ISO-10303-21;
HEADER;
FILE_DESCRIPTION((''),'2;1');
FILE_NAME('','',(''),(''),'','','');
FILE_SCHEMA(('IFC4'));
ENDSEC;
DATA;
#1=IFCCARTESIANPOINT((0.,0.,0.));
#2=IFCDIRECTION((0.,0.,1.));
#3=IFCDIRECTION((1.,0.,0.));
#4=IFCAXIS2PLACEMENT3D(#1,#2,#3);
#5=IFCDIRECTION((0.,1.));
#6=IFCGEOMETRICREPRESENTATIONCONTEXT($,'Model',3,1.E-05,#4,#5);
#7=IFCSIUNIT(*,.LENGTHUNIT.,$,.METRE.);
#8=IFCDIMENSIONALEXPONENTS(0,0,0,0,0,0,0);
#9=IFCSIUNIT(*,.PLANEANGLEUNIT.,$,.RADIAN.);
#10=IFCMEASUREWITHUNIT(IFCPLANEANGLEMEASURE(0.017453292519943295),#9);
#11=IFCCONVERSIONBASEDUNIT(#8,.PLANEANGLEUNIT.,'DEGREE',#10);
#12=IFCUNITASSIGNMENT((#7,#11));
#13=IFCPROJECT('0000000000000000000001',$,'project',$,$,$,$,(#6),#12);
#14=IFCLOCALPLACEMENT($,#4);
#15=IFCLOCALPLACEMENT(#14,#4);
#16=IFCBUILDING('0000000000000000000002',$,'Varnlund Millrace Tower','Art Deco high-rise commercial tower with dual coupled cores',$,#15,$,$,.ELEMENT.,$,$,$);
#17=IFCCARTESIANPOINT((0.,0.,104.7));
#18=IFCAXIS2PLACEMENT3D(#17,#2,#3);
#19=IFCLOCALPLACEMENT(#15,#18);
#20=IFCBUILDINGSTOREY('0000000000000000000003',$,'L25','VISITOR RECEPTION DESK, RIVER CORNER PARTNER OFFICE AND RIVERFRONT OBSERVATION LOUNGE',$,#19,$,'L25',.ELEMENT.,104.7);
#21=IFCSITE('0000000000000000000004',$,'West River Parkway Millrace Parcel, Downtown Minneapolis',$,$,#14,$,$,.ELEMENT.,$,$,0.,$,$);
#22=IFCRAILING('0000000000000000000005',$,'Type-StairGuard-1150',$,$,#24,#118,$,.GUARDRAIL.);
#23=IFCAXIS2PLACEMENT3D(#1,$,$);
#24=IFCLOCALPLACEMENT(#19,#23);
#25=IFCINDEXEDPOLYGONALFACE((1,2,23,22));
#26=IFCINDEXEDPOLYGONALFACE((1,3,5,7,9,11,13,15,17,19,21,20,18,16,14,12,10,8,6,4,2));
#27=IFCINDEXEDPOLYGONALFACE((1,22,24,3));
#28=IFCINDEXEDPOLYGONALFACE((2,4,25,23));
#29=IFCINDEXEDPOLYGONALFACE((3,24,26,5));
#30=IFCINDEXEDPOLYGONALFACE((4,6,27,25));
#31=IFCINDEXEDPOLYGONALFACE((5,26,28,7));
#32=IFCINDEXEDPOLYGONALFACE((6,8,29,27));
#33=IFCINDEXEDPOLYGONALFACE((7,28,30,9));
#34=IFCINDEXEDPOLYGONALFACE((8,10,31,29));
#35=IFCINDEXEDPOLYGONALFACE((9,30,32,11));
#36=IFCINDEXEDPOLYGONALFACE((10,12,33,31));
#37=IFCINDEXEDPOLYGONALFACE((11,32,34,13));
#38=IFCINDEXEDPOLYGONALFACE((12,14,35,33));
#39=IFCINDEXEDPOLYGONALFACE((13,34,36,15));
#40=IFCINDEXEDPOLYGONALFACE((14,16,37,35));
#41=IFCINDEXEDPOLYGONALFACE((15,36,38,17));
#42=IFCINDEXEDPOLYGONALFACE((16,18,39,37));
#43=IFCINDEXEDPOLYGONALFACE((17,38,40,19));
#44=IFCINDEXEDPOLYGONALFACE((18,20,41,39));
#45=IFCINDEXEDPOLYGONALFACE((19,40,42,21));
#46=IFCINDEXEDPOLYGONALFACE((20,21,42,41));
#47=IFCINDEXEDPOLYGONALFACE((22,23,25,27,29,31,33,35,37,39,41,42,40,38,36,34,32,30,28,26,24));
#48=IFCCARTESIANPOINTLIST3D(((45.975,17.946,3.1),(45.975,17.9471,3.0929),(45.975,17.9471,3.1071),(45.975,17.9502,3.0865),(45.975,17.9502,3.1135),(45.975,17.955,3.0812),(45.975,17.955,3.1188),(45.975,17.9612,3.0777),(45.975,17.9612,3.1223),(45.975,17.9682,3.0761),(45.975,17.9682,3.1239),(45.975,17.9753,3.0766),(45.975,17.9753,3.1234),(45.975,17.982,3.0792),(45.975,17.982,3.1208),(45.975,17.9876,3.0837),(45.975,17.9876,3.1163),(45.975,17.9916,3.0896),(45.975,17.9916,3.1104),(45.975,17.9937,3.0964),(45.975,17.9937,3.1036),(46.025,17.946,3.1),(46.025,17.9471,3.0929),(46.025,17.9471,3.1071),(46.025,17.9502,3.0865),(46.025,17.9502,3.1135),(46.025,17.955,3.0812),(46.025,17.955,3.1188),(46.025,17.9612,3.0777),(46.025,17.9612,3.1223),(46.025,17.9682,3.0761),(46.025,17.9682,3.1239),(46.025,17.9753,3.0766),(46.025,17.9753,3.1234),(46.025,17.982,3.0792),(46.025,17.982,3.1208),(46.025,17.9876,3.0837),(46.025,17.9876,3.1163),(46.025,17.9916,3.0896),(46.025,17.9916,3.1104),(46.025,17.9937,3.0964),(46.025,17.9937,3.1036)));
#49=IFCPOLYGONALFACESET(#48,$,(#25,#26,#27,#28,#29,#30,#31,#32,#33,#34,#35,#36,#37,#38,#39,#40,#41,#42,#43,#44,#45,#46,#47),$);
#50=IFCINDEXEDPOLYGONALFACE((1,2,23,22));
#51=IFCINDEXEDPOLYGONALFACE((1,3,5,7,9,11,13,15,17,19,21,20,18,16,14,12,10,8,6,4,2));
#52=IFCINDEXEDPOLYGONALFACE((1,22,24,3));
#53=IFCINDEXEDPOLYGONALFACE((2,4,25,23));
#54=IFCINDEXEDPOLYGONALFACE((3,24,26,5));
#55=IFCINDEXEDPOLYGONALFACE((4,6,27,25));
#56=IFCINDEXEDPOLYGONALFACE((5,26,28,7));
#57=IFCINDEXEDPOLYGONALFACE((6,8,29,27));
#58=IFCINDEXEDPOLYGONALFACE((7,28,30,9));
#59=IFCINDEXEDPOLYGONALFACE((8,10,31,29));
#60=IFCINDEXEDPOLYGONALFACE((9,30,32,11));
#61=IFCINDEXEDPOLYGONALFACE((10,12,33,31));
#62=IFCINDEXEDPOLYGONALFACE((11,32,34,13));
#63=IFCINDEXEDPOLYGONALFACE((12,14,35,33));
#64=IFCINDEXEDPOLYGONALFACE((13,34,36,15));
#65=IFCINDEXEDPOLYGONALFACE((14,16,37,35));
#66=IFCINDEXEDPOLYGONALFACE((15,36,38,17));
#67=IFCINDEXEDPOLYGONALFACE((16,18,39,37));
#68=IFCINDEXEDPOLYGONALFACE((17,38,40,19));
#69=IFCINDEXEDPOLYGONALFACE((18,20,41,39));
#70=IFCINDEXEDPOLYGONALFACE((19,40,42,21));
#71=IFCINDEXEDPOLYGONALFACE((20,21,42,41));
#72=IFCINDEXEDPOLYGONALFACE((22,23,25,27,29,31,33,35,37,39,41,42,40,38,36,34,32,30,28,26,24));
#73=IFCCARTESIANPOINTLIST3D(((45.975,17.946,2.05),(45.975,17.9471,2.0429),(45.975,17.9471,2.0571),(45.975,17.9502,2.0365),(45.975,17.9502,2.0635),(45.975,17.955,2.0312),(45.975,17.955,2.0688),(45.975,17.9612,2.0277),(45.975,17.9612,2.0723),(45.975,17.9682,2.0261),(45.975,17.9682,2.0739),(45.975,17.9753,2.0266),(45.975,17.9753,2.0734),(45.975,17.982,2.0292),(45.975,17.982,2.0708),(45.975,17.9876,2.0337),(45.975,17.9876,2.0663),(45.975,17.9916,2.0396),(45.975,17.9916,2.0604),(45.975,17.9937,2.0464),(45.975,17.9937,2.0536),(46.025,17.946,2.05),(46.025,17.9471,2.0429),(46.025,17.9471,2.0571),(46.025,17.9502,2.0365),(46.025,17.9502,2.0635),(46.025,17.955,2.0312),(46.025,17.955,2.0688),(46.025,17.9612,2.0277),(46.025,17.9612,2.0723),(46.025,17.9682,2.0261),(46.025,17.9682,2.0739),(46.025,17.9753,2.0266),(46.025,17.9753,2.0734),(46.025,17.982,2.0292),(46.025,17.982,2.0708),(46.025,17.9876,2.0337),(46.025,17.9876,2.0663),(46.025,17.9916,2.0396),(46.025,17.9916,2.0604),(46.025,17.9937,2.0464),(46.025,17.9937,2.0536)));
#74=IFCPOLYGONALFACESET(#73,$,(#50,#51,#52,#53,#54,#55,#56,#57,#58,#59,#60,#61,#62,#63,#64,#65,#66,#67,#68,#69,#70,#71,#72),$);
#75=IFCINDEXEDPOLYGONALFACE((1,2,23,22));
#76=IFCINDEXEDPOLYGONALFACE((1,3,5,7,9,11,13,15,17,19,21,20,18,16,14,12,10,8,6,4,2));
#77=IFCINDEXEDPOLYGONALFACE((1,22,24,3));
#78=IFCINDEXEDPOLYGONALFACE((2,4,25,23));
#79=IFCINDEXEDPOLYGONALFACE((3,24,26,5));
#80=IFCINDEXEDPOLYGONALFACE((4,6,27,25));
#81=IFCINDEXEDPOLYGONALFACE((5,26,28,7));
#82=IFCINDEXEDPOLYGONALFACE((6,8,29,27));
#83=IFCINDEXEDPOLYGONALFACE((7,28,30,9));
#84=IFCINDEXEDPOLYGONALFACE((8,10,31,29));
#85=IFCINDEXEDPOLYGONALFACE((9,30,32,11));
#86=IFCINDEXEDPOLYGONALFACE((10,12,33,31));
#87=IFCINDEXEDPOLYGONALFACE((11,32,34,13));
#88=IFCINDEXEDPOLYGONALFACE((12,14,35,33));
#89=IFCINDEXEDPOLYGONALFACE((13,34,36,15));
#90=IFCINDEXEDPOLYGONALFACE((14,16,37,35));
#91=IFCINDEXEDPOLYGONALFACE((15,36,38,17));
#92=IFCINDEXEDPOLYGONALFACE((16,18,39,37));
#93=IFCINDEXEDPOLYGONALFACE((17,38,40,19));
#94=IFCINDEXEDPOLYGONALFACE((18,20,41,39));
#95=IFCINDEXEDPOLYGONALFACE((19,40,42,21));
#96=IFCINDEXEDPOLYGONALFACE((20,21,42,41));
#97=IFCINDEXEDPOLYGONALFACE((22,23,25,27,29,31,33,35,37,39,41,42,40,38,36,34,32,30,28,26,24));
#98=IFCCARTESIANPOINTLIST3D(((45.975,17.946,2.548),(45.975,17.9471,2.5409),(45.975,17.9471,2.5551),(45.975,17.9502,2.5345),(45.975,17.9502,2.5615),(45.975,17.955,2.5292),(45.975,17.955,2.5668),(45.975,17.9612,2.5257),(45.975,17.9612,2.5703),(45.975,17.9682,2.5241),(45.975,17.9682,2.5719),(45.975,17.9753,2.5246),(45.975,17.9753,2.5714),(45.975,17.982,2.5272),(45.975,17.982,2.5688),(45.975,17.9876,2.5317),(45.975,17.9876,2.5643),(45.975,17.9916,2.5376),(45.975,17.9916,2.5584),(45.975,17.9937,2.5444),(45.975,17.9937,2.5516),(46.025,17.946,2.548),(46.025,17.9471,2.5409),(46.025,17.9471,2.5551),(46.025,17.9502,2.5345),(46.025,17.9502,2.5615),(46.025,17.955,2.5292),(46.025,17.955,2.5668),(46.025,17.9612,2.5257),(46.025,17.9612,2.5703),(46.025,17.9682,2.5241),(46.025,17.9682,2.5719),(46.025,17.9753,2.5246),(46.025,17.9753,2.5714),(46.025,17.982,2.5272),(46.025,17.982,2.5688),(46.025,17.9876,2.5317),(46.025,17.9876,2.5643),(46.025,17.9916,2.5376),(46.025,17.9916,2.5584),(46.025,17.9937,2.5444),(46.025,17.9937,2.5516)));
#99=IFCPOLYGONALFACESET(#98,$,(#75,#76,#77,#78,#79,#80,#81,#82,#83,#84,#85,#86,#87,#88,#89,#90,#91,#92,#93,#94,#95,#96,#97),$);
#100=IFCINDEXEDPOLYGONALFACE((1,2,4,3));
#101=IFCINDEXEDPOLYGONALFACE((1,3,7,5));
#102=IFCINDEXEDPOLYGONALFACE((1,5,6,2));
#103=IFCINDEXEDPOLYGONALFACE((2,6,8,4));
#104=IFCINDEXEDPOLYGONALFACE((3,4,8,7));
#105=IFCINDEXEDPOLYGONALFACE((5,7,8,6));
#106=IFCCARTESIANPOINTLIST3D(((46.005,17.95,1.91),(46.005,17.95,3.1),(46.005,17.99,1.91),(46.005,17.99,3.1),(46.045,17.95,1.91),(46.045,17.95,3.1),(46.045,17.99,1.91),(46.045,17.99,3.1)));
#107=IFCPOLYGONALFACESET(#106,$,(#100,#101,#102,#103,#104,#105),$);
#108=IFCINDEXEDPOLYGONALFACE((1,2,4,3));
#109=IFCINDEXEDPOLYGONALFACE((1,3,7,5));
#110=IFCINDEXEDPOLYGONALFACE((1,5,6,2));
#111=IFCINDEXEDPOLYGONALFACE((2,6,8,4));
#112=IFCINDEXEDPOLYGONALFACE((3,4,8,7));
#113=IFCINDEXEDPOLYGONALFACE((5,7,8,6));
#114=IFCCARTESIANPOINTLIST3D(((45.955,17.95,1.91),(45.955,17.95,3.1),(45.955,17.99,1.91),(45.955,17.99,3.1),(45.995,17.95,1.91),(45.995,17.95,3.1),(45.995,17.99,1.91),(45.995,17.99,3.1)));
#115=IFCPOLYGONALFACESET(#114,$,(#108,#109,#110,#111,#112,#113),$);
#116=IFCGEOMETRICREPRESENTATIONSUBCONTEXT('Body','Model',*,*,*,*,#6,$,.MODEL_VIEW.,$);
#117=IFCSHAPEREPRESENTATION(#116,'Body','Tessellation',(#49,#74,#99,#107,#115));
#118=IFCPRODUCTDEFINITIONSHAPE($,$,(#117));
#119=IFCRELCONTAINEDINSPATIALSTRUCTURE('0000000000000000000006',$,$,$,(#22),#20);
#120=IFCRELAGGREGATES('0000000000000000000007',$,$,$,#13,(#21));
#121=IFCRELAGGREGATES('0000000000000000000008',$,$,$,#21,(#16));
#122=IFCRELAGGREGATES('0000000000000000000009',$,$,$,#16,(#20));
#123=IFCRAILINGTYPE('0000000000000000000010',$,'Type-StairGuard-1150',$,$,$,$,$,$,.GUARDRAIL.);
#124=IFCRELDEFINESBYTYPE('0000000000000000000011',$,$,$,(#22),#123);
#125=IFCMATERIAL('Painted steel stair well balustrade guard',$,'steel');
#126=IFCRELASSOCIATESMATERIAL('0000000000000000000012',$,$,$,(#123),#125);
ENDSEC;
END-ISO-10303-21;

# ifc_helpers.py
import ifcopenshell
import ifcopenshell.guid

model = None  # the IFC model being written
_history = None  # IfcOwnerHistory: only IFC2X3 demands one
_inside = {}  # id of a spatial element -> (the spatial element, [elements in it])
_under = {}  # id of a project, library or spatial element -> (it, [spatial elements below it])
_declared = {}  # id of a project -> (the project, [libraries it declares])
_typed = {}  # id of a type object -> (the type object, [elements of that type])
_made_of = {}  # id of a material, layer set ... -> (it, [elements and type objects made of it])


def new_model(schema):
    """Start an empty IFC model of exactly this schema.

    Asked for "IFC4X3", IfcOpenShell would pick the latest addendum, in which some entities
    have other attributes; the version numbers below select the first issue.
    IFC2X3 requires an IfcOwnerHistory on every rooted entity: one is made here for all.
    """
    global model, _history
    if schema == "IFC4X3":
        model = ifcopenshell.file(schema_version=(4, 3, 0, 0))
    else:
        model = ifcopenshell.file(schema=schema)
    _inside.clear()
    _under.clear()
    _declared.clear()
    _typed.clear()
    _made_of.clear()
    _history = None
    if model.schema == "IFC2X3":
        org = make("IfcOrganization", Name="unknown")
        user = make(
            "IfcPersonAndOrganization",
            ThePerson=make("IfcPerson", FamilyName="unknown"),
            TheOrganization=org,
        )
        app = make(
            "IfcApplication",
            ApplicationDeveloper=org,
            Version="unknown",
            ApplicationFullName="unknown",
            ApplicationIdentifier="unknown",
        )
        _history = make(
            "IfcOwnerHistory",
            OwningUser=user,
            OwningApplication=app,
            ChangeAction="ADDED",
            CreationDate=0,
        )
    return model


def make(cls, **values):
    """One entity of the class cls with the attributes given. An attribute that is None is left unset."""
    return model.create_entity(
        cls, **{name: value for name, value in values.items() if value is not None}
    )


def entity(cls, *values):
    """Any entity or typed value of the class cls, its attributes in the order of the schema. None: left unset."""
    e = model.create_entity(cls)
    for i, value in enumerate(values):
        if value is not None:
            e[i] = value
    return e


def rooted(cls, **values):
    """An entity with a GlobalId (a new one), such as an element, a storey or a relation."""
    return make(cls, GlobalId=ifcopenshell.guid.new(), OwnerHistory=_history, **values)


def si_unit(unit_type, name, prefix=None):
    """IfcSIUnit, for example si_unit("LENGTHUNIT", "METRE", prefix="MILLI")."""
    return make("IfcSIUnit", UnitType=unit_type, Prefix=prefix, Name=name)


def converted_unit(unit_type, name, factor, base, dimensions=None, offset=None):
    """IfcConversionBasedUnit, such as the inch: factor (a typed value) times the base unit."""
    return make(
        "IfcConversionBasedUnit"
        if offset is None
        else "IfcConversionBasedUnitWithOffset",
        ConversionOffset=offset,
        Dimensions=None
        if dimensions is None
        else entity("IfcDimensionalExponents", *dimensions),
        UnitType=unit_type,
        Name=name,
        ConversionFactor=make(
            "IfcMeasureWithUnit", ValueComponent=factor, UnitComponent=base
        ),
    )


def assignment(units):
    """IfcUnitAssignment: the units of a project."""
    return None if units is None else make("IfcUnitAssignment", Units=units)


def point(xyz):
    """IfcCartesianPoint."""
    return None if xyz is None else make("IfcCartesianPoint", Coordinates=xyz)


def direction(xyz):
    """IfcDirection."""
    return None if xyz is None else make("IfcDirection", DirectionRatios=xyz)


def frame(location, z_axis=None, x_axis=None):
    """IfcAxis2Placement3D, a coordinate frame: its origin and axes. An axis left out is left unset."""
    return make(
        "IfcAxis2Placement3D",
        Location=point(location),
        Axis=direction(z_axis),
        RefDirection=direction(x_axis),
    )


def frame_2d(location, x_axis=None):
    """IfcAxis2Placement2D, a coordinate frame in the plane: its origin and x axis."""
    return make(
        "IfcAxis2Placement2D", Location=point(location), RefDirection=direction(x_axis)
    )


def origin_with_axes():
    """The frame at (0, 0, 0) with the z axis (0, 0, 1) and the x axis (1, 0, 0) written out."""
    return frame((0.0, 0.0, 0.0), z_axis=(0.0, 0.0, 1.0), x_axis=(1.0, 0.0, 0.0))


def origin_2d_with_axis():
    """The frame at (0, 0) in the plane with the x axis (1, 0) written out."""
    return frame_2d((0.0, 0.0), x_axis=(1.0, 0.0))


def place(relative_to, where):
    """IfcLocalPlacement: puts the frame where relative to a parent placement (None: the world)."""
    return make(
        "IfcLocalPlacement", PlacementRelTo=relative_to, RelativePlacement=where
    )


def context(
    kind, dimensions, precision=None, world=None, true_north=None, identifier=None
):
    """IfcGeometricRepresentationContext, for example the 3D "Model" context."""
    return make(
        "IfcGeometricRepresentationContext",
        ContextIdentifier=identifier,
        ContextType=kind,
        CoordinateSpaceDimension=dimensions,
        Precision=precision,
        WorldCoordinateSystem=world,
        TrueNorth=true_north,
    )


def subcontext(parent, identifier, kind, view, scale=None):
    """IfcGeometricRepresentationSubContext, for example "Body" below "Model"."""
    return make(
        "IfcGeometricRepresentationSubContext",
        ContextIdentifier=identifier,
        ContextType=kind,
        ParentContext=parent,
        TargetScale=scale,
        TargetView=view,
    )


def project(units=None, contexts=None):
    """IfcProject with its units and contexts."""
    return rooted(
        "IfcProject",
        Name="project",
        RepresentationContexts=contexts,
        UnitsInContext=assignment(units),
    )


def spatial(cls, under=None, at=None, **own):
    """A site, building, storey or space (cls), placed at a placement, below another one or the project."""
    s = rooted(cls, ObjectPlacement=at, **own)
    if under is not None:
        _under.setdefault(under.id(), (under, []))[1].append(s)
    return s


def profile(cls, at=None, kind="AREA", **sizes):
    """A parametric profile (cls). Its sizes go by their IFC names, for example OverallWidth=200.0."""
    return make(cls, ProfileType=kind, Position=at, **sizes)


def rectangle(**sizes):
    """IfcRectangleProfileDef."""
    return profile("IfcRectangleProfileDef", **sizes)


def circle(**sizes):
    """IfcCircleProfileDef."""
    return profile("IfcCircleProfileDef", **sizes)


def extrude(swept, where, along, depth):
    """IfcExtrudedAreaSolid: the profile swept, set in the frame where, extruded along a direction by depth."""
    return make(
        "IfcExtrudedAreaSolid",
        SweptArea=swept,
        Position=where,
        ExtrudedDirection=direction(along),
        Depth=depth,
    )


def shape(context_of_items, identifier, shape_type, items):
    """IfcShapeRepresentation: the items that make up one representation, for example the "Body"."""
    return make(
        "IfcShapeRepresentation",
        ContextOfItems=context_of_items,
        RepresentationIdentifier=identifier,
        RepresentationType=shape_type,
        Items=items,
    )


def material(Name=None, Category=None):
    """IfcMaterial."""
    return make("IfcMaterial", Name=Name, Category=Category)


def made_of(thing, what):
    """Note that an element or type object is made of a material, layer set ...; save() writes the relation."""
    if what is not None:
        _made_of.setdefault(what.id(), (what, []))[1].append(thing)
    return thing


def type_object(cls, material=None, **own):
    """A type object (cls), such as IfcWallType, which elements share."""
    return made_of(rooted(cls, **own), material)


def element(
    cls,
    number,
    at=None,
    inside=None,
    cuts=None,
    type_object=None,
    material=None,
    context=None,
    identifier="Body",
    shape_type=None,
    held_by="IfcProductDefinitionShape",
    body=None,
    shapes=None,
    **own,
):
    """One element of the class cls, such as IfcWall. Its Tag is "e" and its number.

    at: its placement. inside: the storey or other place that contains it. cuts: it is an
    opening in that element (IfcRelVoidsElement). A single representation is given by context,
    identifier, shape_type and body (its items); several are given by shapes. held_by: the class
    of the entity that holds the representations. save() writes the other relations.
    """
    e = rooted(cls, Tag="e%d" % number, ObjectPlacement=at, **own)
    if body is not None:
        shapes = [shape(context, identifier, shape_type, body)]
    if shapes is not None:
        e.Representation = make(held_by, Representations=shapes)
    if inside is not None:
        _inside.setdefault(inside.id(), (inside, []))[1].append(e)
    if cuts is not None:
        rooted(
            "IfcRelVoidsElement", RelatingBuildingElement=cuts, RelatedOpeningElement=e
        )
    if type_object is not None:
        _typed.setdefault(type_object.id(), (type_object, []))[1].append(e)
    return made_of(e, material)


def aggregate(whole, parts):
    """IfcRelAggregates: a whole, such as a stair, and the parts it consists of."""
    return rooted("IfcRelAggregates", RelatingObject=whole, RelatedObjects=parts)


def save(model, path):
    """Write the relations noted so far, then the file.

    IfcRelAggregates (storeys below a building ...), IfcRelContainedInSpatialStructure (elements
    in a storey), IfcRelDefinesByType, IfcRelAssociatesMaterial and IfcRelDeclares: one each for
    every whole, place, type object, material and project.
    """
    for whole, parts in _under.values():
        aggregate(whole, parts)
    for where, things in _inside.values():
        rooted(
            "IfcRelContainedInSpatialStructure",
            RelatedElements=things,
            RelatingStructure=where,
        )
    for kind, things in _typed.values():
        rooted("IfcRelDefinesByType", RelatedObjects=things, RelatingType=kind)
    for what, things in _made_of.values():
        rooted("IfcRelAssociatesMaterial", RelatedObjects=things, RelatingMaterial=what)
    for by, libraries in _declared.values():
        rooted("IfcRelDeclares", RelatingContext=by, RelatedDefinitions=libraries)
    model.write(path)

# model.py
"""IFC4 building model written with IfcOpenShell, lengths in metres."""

from ifc_helpers import new_model, entity, si_unit, converted_unit, direction, frame, origin_with_axes, origin_2d_with_axis, place, context, subcontext, project, spatial, rectangle, circle, extrude, material, type_object, element, save


model = new_model("IFC4")

# Units and contexts
model_context = context("Model", 3, precision=1e-05, world=origin_with_axes(), true_north=direction((0.0, 1.0)))
body_context = subcontext(model_context, "Body", "Model", "MODEL_VIEW")
ifc_project = project(units=[si_unit("LENGTHUNIT", "METRE"), converted_unit("PLANEANGLEUNIT", "DEGREE", entity("IfcPlaneAngleMeasure", 0.017453292519943295), si_unit("PLANEANGLEUNIT", "RADIAN"), dimensions=[0, 0, 0, 0, 0, 0, 0])], contexts=[model_context])

# Site, building, storey
site_placement = place(None, origin_with_axes())
site = spatial("IfcSite", under=ifc_project, at=site_placement, Name="West River Parkway Millrace Parcel, Downtown Minneapolis", CompositionType="ELEMENT", RefElevation=0.0)
building_placement = place(site_placement, origin_with_axes())
building = spatial("IfcBuilding", under=site, at=building_placement, Name="Varnlund Millrace Tower", Description="Art Deco high-rise commercial tower with dual coupled cores", CompositionType="ELEMENT")
storey_placement = place(building_placement, frame((0.0, 0.0, 104.7), z_axis=(0.0, 0.0, 1.0), x_axis=(1.0, 0.0, 0.0)))
storey = spatial("IfcBuildingStorey", under=building, at=storey_placement, Name="L25", Description="VISITOR RECEPTION DESK, RIVER CORNER PARTNER OFFICE AND RIVERFRONT OBSERVATION LOUNGE", LongName="L25", CompositionType="ELEMENT", Elevation=104.7)

# Railing
ifc_material_1 = material(Name="Painted steel stair well balustrade guard", Category="steel")
railing_type_1 = type_object("IfcRailingType", Name="Type-StairGuard-1150", PredefinedType="GUARDRAIL", material=ifc_material_1)
railing_1_placement = place(storey_placement, frame((0.0, 0.0, -104.7), z_axis=(0.0, 0.0, 1.0), x_axis=(1.0, 0.0, 0.0)))
element("IfcRailing", 1, at=railing_1_placement, inside=storey, type_object=railing_type_1, Name="Type-StairGuard-1150", PredefinedType="GUARDRAIL", context=body_context, shape_type="SweptSolid", body=[
    extrude(circle(Radius=0.024, at=origin_2d_with_axis()), frame((46.025, 17.97, 107.8), z_axis=(-1.0, 0.0, 0.0), x_axis=(0.0, -1.0, 0.0)), (0.0, 0.0, 1.0), 0.05),
    extrude(circle(Radius=0.024, at=origin_2d_with_axis()), frame((46.025, 17.97, 106.75), z_axis=(-1.0, 0.0, 0.0), x_axis=(0.0, -1.0, 0.0)), (0.0, 0.0, 1.0), 0.05),
    extrude(circle(Radius=0.024, at=origin_2d_with_axis()), frame((46.025, 17.97, 107.248), z_axis=(-1.0, 0.0, 0.0), x_axis=(0.0, -1.0, 0.0)), (0.0, 0.0, 1.0), 0.05),
    extrude(rectangle(XDim=0.04, YDim=0.04, at=origin_2d_with_axis()), frame((46.025, 17.97, 106.61), z_axis=(0.0, 0.0, 1.0), x_axis=(1.0, 0.0, 0.0)), (0.0, 0.0, 1.0), 1.19),
    extrude(rectangle(XDim=0.04, YDim=0.04, at=origin_2d_with_axis()), frame((45.975, 17.97, 106.61), z_axis=(0.0, 0.0, 1.0), x_axis=(1.0, 0.0, 0.0)), (0.0, 0.0, 1.0), 1.19),
])

save(model, "model.ifc")
